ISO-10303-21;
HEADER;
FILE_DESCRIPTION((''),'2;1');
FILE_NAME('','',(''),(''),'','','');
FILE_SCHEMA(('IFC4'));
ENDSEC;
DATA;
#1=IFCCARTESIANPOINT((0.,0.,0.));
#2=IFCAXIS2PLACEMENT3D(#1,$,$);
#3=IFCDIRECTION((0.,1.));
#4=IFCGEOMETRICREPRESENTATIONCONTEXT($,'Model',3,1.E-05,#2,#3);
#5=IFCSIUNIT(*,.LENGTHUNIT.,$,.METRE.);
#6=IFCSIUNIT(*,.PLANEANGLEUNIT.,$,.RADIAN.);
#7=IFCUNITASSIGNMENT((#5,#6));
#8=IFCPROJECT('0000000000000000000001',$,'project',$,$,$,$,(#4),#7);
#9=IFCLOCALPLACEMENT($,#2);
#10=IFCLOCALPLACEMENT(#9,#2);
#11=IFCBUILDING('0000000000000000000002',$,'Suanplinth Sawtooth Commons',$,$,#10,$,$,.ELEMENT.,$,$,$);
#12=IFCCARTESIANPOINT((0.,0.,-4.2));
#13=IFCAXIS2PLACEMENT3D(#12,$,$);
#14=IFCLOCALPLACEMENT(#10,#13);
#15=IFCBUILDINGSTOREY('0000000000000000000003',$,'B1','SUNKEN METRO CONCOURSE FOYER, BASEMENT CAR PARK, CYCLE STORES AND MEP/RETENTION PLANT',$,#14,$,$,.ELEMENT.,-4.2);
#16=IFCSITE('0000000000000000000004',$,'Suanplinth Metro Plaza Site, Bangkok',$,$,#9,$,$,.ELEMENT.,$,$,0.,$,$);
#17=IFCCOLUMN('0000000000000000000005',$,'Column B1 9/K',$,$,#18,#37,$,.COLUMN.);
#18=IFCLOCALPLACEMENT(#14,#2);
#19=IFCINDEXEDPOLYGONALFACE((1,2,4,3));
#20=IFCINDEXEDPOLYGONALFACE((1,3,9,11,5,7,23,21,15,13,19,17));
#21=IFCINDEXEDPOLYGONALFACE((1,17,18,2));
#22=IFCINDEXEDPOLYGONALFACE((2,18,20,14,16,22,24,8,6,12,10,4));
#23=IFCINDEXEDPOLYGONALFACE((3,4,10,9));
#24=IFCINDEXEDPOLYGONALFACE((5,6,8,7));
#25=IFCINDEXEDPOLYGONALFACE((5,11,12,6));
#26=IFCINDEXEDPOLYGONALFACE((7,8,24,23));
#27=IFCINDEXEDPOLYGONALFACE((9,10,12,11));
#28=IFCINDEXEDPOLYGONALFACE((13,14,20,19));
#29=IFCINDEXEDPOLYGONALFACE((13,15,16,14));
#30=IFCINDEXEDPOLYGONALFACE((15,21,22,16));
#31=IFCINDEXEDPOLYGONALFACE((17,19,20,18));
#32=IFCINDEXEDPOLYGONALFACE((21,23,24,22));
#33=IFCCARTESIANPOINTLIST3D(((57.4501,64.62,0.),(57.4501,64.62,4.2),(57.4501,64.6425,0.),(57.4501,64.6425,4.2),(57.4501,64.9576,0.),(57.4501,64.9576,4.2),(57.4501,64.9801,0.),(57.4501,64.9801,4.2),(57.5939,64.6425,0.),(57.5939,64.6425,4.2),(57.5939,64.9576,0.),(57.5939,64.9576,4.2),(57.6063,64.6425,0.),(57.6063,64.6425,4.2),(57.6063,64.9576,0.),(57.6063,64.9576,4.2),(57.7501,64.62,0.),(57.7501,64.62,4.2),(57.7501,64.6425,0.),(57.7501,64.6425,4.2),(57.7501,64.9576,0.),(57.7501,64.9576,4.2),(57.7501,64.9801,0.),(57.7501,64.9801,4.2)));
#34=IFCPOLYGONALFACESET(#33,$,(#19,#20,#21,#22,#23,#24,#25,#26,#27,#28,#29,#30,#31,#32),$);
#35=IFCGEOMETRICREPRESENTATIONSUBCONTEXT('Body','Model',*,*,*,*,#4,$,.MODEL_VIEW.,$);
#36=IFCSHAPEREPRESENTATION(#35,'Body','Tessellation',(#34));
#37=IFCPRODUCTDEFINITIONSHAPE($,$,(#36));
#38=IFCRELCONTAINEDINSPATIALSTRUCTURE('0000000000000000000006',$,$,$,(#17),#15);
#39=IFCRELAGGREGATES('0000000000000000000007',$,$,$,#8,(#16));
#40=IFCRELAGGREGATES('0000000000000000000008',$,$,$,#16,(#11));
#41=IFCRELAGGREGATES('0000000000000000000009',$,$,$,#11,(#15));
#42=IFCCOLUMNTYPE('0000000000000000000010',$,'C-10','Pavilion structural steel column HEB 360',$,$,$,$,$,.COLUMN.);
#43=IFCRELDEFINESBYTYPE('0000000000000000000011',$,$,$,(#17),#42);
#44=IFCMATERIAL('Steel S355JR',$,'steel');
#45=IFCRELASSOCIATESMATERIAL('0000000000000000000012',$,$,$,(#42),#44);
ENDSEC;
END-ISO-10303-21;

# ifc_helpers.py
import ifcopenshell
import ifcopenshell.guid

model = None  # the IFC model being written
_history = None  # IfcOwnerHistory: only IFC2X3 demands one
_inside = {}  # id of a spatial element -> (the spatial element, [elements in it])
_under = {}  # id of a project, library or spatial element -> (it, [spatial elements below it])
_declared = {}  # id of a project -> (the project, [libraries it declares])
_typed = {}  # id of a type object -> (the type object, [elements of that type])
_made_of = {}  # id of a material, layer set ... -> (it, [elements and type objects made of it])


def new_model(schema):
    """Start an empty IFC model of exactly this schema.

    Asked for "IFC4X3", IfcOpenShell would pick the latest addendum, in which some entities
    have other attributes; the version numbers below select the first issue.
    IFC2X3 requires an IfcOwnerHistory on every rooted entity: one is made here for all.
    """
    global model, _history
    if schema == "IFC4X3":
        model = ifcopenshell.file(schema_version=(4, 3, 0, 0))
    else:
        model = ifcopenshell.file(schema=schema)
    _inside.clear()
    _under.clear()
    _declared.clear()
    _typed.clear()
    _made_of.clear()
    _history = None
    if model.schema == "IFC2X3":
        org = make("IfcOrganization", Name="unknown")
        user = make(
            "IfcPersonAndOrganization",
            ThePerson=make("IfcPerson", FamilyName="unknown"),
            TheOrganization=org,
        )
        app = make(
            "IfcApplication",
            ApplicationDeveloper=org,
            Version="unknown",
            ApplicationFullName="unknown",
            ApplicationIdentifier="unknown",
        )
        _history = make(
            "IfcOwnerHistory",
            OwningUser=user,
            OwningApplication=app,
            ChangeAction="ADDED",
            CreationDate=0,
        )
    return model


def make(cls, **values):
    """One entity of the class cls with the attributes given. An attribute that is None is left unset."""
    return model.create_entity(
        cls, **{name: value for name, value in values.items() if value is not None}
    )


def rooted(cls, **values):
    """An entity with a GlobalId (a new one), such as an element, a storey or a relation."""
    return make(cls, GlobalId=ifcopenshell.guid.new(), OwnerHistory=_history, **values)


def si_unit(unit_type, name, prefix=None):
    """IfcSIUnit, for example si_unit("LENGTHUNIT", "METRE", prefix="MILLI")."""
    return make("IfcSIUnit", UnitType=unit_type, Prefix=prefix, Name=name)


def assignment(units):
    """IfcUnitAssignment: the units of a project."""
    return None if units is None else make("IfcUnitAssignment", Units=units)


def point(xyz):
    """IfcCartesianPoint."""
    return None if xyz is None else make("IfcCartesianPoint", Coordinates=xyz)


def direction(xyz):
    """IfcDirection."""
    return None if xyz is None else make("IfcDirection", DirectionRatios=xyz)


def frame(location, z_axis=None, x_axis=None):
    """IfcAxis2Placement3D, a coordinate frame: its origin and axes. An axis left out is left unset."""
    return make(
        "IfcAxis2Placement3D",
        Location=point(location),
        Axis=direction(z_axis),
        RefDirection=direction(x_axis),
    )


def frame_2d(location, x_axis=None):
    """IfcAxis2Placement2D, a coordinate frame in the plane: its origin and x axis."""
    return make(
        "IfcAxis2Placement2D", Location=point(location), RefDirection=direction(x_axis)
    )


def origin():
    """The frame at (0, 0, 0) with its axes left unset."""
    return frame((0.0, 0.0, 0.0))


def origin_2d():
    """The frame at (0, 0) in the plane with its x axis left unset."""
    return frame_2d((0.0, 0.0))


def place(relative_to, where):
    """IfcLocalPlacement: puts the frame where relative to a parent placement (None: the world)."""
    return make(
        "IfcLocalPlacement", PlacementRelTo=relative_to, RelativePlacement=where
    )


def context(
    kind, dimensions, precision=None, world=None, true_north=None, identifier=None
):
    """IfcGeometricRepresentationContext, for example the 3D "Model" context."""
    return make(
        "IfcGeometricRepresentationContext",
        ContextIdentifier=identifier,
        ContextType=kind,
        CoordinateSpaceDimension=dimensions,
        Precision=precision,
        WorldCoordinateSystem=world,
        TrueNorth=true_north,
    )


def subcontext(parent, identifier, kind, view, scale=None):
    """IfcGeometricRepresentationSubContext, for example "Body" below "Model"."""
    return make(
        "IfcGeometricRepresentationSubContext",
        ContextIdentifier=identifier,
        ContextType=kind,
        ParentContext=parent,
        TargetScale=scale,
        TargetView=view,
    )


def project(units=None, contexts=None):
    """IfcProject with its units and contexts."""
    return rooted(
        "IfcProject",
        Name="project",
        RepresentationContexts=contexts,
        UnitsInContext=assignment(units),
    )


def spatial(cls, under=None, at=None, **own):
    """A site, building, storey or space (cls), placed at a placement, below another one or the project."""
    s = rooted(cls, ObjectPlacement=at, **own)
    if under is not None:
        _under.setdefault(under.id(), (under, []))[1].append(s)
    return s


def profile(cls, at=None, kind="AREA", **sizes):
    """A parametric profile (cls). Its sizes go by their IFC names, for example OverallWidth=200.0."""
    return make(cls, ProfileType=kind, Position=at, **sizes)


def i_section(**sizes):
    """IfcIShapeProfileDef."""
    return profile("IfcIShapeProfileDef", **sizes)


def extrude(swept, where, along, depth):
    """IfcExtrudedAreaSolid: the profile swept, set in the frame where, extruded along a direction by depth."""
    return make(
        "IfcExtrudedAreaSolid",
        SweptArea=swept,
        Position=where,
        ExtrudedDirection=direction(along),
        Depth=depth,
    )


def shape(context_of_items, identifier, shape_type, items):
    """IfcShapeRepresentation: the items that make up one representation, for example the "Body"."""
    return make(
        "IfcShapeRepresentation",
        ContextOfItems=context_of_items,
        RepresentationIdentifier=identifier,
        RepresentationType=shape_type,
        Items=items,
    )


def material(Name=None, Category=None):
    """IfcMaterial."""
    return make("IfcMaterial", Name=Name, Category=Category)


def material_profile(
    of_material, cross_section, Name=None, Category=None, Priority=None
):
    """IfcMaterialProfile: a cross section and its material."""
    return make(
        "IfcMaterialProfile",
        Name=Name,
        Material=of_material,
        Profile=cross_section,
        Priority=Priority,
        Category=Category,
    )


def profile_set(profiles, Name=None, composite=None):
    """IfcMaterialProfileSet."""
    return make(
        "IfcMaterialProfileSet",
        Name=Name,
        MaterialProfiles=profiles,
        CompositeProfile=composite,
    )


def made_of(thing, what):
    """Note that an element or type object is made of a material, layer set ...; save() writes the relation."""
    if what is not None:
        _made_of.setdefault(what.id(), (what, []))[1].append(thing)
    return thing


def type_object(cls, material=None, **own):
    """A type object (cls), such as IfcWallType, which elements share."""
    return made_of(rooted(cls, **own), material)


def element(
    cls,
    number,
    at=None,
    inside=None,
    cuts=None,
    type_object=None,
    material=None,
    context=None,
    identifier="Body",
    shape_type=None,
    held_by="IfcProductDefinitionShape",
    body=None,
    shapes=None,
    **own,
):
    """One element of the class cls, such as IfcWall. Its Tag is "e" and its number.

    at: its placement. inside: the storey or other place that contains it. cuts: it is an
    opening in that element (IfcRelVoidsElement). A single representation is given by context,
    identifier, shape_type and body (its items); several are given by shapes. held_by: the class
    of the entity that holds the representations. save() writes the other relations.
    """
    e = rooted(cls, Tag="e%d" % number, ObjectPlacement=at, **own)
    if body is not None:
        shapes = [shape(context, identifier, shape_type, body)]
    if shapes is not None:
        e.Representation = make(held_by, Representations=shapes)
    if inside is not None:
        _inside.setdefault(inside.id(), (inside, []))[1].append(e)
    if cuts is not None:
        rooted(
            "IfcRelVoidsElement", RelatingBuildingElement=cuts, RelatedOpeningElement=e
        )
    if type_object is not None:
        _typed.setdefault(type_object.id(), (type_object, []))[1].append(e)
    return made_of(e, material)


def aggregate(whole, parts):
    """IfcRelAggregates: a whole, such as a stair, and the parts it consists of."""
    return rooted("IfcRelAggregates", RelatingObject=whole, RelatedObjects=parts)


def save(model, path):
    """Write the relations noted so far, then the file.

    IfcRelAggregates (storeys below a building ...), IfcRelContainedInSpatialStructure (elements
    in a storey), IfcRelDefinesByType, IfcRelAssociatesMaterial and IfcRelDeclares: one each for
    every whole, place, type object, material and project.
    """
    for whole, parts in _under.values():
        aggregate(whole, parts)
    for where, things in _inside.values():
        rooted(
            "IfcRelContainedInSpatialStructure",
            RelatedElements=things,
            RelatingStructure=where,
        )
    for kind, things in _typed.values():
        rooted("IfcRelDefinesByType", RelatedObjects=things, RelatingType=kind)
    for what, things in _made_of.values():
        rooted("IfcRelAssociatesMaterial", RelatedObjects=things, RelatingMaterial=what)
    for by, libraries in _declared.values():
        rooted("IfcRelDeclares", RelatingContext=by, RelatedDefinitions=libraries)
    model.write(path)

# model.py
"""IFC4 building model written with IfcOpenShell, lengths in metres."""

from ifc_helpers import new_model, si_unit, direction, frame, origin, origin_2d, place, context, subcontext, project, spatial, i_section, extrude, material, material_profile, profile_set, type_object, element, save


model = new_model("IFC4")

# Units and contexts
model_context = context("Model", 3, precision=1e-05, world=origin(), true_north=direction((0.0, 1.0)))
body_context = subcontext(model_context, "Body", "Model", "MODEL_VIEW")
ifc_project = project(units=[si_unit("LENGTHUNIT", "METRE"), si_unit("PLANEANGLEUNIT", "RADIAN")], contexts=[model_context])

# Site, building, storey
site_placement = place(None, origin())
site = spatial("IfcSite", under=ifc_project, at=site_placement, Name="Suanplinth Metro Plaza Site, Bangkok", CompositionType="ELEMENT", RefElevation=0.0)
building_placement = place(site_placement, origin())
building = spatial("IfcBuilding", under=site, at=building_placement, Name="Suanplinth Sawtooth Commons", CompositionType="ELEMENT")
storey_placement = place(building_placement, frame((0.0, 0.0, -4.2)))
storey = spatial("IfcBuildingStorey", under=building, at=storey_placement, Name="B1", Description="SUNKEN METRO CONCOURSE FOYER, BASEMENT CAR PARK, CYCLE STORES AND MEP/RETENTION PLANT", CompositionType="ELEMENT", Elevation=-4.2)

# Column
ifc_material_1 = material(Name="Steel S355JR", Category="steel")
ifc_material_profile_1 = material_profile(ifc_material_1, i_section(OverallWidth=0.3, OverallDepth=0.3601, WebThickness=0.0125, FlangeThickness=0.0225, at=origin_2d()), Name="HEB 360")
ifc_profile_set_1 = profile_set([ifc_material_profile_1], Name="Steel S355JR")
column_type_1 = type_object("IfcColumnType", Name="C-10", Description="Pavilion structural steel column HEB 360", PredefinedType="COLUMN", material=ifc_profile_set_1)
for number, where, z_axis, x_axis, name in (
    (1, (57.6001, 64.8, 0.0), (0.0, 0.0, 1.0), (1.0, 0.0, 0.0), "Column B1 9/K"),
):
    element("IfcColumn", number, at=place(storey_placement, frame(where, z_axis=z_axis, x_axis=x_axis)), inside=storey, type_object=column_type_1, Name=name, PredefinedType="COLUMN", context=body_context, shape_type="SweptSolid", body=[
        extrude(i_section(OverallWidth=0.3, OverallDepth=0.3601, WebThickness=0.0125, FlangeThickness=0.0225, at=origin_2d()), origin(), (0.0, 0.0, 1.0), 4.2),
    ])

save(model, "model.ifc")
